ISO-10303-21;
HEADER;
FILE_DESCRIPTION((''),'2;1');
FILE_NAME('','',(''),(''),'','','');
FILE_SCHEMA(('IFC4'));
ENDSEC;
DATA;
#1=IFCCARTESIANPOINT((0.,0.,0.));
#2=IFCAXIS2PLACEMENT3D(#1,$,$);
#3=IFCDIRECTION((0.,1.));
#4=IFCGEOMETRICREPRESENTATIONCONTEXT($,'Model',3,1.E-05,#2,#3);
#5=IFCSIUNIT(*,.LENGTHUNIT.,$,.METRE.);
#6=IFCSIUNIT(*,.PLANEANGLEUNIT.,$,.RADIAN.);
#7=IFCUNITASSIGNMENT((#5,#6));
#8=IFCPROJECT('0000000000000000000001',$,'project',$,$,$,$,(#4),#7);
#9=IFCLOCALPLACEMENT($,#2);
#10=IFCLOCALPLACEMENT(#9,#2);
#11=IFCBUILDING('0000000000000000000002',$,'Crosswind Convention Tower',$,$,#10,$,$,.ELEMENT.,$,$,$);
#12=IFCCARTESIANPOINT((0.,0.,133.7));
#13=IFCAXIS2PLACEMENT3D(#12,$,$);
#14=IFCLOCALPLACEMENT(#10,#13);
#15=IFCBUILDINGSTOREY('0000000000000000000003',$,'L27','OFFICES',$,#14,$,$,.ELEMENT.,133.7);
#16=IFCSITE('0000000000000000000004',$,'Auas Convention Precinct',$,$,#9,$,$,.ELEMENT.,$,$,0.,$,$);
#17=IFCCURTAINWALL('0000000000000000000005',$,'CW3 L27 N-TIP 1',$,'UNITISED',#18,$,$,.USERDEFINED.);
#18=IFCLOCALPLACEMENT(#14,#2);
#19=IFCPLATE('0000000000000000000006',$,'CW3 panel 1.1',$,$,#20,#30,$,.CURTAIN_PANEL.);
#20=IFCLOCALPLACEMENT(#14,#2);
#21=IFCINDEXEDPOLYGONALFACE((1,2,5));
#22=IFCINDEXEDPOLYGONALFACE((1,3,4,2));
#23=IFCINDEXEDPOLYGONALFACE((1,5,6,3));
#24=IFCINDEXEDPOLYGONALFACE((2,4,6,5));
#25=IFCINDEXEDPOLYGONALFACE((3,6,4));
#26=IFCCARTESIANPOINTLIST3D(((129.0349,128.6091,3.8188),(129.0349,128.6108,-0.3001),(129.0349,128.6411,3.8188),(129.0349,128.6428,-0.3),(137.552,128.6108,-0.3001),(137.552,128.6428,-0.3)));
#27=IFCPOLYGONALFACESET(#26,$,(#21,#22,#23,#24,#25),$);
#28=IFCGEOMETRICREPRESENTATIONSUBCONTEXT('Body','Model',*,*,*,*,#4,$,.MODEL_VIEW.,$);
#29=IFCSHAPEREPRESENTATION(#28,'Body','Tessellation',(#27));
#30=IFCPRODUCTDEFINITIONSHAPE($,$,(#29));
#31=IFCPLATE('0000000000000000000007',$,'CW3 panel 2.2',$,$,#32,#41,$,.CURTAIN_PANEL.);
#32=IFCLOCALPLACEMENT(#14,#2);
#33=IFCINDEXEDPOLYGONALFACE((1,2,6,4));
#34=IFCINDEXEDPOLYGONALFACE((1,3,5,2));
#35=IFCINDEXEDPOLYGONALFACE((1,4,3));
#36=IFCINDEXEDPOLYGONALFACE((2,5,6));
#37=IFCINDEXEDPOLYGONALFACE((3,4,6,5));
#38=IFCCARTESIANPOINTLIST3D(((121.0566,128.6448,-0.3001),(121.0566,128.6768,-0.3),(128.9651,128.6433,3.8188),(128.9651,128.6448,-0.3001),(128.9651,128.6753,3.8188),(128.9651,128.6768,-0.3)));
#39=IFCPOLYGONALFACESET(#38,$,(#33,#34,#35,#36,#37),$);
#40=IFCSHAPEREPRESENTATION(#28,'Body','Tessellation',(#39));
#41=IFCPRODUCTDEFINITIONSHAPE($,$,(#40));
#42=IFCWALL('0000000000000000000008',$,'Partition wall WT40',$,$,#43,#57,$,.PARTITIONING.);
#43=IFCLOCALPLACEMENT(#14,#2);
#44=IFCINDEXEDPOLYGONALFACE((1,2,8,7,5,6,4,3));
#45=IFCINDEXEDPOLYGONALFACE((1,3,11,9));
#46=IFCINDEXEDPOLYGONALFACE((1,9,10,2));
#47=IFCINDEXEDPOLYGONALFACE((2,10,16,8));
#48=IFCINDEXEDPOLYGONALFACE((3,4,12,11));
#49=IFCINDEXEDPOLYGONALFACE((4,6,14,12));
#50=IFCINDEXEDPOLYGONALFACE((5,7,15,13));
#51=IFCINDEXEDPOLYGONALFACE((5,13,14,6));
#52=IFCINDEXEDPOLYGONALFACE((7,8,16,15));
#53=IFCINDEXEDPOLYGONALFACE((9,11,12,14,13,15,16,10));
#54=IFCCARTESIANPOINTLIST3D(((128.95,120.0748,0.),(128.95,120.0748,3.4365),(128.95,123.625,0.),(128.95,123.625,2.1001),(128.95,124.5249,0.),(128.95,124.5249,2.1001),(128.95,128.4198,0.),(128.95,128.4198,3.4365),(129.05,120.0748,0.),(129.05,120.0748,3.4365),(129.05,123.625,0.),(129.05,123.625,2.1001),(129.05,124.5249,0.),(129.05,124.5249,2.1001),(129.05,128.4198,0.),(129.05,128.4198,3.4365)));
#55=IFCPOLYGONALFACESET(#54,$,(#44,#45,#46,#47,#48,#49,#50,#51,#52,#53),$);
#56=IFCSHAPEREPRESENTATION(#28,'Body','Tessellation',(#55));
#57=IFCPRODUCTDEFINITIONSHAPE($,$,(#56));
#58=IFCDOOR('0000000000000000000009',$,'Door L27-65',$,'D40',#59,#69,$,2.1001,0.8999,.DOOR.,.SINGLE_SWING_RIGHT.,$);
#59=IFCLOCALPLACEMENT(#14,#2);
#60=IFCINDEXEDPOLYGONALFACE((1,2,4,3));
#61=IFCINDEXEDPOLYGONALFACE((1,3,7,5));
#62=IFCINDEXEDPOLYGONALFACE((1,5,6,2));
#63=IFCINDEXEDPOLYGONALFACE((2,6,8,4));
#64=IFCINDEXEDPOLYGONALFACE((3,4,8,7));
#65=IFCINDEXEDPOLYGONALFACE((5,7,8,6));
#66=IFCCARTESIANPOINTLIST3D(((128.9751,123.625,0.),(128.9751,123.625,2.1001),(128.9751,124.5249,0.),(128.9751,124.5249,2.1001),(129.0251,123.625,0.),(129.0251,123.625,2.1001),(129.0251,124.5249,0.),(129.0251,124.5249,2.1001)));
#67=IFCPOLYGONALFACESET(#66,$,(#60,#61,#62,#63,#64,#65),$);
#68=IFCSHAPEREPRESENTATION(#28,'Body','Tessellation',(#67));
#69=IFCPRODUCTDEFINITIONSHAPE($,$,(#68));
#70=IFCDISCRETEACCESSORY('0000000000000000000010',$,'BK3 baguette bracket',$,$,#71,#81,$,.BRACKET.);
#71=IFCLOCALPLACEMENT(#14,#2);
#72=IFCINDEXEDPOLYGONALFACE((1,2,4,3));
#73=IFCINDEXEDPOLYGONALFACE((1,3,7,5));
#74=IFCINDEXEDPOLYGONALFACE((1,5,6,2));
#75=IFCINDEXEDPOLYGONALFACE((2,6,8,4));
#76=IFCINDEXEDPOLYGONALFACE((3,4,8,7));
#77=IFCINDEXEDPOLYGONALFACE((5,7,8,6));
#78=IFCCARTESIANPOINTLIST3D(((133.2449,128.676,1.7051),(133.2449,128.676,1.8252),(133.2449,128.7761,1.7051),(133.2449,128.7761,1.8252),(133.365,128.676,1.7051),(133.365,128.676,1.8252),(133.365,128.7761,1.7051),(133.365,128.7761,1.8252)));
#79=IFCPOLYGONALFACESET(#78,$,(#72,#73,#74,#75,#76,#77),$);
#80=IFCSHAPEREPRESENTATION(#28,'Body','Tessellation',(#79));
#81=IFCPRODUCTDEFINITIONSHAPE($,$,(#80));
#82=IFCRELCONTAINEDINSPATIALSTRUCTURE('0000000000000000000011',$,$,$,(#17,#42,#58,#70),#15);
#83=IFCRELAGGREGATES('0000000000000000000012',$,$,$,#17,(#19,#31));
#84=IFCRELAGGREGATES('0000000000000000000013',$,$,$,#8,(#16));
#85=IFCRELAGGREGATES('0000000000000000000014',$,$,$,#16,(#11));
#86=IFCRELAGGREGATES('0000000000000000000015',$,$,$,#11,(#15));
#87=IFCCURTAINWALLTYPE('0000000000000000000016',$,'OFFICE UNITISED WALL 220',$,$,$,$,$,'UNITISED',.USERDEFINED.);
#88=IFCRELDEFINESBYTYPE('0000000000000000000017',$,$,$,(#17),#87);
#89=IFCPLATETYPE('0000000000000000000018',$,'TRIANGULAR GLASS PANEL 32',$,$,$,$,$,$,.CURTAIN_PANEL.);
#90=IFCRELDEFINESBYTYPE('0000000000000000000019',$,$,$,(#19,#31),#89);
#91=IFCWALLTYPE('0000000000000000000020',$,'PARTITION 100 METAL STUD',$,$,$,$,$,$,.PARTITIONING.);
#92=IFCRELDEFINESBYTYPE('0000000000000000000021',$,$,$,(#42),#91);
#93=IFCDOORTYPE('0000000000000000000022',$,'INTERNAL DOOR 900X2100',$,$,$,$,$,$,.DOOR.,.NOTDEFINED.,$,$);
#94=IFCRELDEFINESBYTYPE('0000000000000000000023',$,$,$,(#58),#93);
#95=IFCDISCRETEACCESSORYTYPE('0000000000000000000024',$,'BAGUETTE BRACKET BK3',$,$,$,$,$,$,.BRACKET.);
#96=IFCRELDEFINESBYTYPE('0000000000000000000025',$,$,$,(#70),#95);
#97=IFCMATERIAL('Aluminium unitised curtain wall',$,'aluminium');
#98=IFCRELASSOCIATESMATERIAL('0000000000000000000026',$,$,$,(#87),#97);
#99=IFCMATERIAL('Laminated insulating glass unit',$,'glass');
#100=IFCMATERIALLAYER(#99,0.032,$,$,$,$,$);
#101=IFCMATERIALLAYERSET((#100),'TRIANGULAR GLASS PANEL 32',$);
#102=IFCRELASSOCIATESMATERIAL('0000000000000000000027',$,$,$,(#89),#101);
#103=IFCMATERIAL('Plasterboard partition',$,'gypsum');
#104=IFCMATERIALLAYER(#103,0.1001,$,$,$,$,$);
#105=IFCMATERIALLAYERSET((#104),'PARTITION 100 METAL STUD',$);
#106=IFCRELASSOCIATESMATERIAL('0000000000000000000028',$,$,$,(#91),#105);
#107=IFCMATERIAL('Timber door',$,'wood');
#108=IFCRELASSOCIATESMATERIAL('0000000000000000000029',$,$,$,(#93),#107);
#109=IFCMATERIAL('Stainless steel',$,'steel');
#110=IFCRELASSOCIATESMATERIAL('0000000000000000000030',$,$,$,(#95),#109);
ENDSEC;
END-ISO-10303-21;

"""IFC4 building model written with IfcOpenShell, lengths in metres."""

from ifc_helpers import new_model, si_unit, direction, frame, frame_2d, origin, origin_2d, place, context, subcontext, project, spatial, polyline, rectangle, outline, extrude, material, layer, layer_set, type_object, element, fill, aggregate, save


model = new_model("IFC4")

# Units and contexts
model_context = context("Model", 3, precision=1e-05, world=origin(), true_north=direction((0.0, 1.0)))
body_context = subcontext(model_context, "Body", "Model", "MODEL_VIEW")
ifc_project = project(units=[si_unit("LENGTHUNIT", "METRE"), si_unit("PLANEANGLEUNIT", "RADIAN")], contexts=[model_context])

# Site, building, storey
site_placement = place(None, origin())
site = spatial("IfcSite", under=ifc_project, at=site_placement, Name="Auas Convention Precinct", CompositionType="ELEMENT", RefElevation=0.0)
building_placement = place(site_placement, origin())
building = spatial("IfcBuilding", under=site, at=building_placement, Name="Crosswind Convention Tower", CompositionType="ELEMENT")
storey_placement = place(building_placement, frame((0.0, 0.0, 133.7)))
storey = spatial("IfcBuildingStorey", under=building, at=storey_placement, Name="L27", Description="OFFICES", CompositionType="ELEMENT", Elevation=133.7)

# Curtain wall
ifc_material_1 = material(Name="Aluminium unitised curtain wall", Category="aluminium")
curtain_wall_type = type_object("IfcCurtainWallType", Name="OFFICE UNITISED WALL 220", ElementType="UNITISED", PredefinedType="USERDEFINED", material=ifc_material_1)
curtain_wall_placement = place(storey_placement, origin())
curtain_wall = element("IfcCurtainWall", 1, at=curtain_wall_placement, inside=storey, type_object=curtain_wall_type, Name="CW3 L27 N-TIP 1", ObjectType="UNITISED", PredefinedType="USERDEFINED")

# Plates
ifc_material_2 = material(Name="Laminated insulating glass unit", Category="glass")
ifc_layer_1 = layer(ifc_material_2, 0.032)
ifc_layer_set_1 = layer_set([ifc_layer_1], Name="TRIANGULAR GLASS PANEL 32")
plate_type = type_object("IfcPlateType", Name="TRIANGULAR GLASS PANEL 32", PredefinedType="CURTAIN_PANEL", material=ifc_layer_set_1)
plate_1_placement = place(storey_placement, frame((129.0349, 128.6428, -0.3), z_axis=(0.0, 1.0, 0.000415), x_axis=(0.0, -0.000415, 1.0)))
plate_1 = element("IfcPlate", 2, at=plate_1_placement, type_object=plate_type, Name="CW3 panel 1.1", PredefinedType="CURTAIN_PANEL", context=body_context, shape_type="SweptSolid", body=[
    extrude(outline(polyline([(0.0, 0.0), (4.1189, 0.0), (0.0, 8.5171), (0.0, 0.0)])), origin(), (0.0, 0.0, -1.0), 0.032),
])
plate_2_placement = place(storey_placement, frame((128.9651, 128.6768, -0.3), z_axis=(0.0, 1.0, 0.000356), x_axis=(-1.0, 0.0, 0.0)))
plate_2 = element("IfcPlate", 3, at=plate_2_placement, type_object=plate_type, Name="CW3 panel 2.2", PredefinedType="CURTAIN_PANEL", context=body_context, shape_type="SweptSolid", body=[
    extrude(outline(polyline([(0.0, 0.0), (7.9084, 0.0), (0.0, 4.1189), (0.0, 0.0)])), origin(), (0.0, 0.0, -1.0), 0.032),
])
aggregate(curtain_wall, [plate_1, plate_2])

# Wall, opening, door
ifc_material_3 = material(Name="Plasterboard partition", Category="gypsum")
ifc_layer_2 = layer(ifc_material_3, 0.1001)
ifc_layer_set_2 = layer_set([ifc_layer_2], Name="PARTITION 100 METAL STUD")
wall_type = type_object("IfcWallType", Name="PARTITION 100 METAL STUD", PredefinedType="PARTITIONING", material=ifc_layer_set_2)
wall_placement = place(storey_placement, frame((129.0, 120.075, 0.0), z_axis=(0.0, 0.0, 1.0), x_axis=(0.0, 1.0, 0.0)))
wall = element("IfcWall", 4, at=wall_placement, inside=storey, type_object=wall_type, Name="Partition wall WT40", PredefinedType="PARTITIONING", context=body_context, shape_type="SweptSolid", body=[
    extrude(rectangle(XDim=8.345, YDim=0.1001, at=frame_2d((4.1724, 0.0))), origin(), (0.0, 0.0, 1.0), 3.4365),
])
opening_placement = place(wall_placement, frame((3.55, 0.0, 0.0)))
opening = element("IfcOpeningElement", 5, at=opening_placement, cuts=wall, PredefinedType="OPENING", context=body_context, shape_type="SweptSolid", body=[
    extrude(rectangle(XDim=0.8999, YDim=2.1001, at=frame_2d((0.45, 1.05))), frame((0.0, 0.0601, 0.0), z_axis=(0.0, -1.0, 0.0), x_axis=(1.0, 0.0, 0.0)), (0.0, 0.0, 1.0), 0.1201),
])
ifc_material_4 = material(Name="Timber door", Category="wood")
door_type = type_object("IfcDoorType", Name="INTERNAL DOOR 900X2100", OperationType="NOTDEFINED", PredefinedType="DOOR", material=ifc_material_4)
door_placement = place(opening_placement, origin())
door = element("IfcDoor", 6, at=door_placement, inside=storey, type_object=door_type, Name="Door L27-65", ObjectType="D40", OperationType="SINGLE_SWING_RIGHT", OverallHeight=2.1001, OverallWidth=0.8999, PredefinedType="DOOR", context=body_context, shape_type="SweptSolid", body=[
    extrude(rectangle(XDim=0.8999, YDim=2.1001, at=frame_2d((0.45, 1.05))), frame((0.0, 0.0249, 0.0), z_axis=(0.0, -1.0, 0.0), x_axis=(1.0, 0.0, 0.0)), (0.0, 0.0, 1.0), 0.05),
])
fill(opening, door)

# Discrete accessory
ifc_material_5 = material(Name="Stainless steel", Category="steel")
discrete_accessory_type = type_object("IfcDiscreteAccessoryType", Name="BAGUETTE BRACKET BK3", PredefinedType="BRACKET", material=ifc_material_5)
discrete_accessory_placement = place(storey_placement, frame((133.3049, 128.7261, 1.7051), z_axis=(0.0, 0.0, 1.0), x_axis=(-1.0, 0.0, 0.0)))
element("IfcDiscreteAccessory", 7, at=discrete_accessory_placement, inside=storey, type_object=discrete_accessory_type, Name="BK3 baguette bracket", PredefinedType="BRACKET", context=body_context, shape_type="SweptSolid", body=[
    extrude(rectangle(XDim=0.1201, YDim=0.1001, at=origin_2d()), origin(), (0.0, 0.0, 1.0), 0.1201),
])

save(model, "model.ifc")
